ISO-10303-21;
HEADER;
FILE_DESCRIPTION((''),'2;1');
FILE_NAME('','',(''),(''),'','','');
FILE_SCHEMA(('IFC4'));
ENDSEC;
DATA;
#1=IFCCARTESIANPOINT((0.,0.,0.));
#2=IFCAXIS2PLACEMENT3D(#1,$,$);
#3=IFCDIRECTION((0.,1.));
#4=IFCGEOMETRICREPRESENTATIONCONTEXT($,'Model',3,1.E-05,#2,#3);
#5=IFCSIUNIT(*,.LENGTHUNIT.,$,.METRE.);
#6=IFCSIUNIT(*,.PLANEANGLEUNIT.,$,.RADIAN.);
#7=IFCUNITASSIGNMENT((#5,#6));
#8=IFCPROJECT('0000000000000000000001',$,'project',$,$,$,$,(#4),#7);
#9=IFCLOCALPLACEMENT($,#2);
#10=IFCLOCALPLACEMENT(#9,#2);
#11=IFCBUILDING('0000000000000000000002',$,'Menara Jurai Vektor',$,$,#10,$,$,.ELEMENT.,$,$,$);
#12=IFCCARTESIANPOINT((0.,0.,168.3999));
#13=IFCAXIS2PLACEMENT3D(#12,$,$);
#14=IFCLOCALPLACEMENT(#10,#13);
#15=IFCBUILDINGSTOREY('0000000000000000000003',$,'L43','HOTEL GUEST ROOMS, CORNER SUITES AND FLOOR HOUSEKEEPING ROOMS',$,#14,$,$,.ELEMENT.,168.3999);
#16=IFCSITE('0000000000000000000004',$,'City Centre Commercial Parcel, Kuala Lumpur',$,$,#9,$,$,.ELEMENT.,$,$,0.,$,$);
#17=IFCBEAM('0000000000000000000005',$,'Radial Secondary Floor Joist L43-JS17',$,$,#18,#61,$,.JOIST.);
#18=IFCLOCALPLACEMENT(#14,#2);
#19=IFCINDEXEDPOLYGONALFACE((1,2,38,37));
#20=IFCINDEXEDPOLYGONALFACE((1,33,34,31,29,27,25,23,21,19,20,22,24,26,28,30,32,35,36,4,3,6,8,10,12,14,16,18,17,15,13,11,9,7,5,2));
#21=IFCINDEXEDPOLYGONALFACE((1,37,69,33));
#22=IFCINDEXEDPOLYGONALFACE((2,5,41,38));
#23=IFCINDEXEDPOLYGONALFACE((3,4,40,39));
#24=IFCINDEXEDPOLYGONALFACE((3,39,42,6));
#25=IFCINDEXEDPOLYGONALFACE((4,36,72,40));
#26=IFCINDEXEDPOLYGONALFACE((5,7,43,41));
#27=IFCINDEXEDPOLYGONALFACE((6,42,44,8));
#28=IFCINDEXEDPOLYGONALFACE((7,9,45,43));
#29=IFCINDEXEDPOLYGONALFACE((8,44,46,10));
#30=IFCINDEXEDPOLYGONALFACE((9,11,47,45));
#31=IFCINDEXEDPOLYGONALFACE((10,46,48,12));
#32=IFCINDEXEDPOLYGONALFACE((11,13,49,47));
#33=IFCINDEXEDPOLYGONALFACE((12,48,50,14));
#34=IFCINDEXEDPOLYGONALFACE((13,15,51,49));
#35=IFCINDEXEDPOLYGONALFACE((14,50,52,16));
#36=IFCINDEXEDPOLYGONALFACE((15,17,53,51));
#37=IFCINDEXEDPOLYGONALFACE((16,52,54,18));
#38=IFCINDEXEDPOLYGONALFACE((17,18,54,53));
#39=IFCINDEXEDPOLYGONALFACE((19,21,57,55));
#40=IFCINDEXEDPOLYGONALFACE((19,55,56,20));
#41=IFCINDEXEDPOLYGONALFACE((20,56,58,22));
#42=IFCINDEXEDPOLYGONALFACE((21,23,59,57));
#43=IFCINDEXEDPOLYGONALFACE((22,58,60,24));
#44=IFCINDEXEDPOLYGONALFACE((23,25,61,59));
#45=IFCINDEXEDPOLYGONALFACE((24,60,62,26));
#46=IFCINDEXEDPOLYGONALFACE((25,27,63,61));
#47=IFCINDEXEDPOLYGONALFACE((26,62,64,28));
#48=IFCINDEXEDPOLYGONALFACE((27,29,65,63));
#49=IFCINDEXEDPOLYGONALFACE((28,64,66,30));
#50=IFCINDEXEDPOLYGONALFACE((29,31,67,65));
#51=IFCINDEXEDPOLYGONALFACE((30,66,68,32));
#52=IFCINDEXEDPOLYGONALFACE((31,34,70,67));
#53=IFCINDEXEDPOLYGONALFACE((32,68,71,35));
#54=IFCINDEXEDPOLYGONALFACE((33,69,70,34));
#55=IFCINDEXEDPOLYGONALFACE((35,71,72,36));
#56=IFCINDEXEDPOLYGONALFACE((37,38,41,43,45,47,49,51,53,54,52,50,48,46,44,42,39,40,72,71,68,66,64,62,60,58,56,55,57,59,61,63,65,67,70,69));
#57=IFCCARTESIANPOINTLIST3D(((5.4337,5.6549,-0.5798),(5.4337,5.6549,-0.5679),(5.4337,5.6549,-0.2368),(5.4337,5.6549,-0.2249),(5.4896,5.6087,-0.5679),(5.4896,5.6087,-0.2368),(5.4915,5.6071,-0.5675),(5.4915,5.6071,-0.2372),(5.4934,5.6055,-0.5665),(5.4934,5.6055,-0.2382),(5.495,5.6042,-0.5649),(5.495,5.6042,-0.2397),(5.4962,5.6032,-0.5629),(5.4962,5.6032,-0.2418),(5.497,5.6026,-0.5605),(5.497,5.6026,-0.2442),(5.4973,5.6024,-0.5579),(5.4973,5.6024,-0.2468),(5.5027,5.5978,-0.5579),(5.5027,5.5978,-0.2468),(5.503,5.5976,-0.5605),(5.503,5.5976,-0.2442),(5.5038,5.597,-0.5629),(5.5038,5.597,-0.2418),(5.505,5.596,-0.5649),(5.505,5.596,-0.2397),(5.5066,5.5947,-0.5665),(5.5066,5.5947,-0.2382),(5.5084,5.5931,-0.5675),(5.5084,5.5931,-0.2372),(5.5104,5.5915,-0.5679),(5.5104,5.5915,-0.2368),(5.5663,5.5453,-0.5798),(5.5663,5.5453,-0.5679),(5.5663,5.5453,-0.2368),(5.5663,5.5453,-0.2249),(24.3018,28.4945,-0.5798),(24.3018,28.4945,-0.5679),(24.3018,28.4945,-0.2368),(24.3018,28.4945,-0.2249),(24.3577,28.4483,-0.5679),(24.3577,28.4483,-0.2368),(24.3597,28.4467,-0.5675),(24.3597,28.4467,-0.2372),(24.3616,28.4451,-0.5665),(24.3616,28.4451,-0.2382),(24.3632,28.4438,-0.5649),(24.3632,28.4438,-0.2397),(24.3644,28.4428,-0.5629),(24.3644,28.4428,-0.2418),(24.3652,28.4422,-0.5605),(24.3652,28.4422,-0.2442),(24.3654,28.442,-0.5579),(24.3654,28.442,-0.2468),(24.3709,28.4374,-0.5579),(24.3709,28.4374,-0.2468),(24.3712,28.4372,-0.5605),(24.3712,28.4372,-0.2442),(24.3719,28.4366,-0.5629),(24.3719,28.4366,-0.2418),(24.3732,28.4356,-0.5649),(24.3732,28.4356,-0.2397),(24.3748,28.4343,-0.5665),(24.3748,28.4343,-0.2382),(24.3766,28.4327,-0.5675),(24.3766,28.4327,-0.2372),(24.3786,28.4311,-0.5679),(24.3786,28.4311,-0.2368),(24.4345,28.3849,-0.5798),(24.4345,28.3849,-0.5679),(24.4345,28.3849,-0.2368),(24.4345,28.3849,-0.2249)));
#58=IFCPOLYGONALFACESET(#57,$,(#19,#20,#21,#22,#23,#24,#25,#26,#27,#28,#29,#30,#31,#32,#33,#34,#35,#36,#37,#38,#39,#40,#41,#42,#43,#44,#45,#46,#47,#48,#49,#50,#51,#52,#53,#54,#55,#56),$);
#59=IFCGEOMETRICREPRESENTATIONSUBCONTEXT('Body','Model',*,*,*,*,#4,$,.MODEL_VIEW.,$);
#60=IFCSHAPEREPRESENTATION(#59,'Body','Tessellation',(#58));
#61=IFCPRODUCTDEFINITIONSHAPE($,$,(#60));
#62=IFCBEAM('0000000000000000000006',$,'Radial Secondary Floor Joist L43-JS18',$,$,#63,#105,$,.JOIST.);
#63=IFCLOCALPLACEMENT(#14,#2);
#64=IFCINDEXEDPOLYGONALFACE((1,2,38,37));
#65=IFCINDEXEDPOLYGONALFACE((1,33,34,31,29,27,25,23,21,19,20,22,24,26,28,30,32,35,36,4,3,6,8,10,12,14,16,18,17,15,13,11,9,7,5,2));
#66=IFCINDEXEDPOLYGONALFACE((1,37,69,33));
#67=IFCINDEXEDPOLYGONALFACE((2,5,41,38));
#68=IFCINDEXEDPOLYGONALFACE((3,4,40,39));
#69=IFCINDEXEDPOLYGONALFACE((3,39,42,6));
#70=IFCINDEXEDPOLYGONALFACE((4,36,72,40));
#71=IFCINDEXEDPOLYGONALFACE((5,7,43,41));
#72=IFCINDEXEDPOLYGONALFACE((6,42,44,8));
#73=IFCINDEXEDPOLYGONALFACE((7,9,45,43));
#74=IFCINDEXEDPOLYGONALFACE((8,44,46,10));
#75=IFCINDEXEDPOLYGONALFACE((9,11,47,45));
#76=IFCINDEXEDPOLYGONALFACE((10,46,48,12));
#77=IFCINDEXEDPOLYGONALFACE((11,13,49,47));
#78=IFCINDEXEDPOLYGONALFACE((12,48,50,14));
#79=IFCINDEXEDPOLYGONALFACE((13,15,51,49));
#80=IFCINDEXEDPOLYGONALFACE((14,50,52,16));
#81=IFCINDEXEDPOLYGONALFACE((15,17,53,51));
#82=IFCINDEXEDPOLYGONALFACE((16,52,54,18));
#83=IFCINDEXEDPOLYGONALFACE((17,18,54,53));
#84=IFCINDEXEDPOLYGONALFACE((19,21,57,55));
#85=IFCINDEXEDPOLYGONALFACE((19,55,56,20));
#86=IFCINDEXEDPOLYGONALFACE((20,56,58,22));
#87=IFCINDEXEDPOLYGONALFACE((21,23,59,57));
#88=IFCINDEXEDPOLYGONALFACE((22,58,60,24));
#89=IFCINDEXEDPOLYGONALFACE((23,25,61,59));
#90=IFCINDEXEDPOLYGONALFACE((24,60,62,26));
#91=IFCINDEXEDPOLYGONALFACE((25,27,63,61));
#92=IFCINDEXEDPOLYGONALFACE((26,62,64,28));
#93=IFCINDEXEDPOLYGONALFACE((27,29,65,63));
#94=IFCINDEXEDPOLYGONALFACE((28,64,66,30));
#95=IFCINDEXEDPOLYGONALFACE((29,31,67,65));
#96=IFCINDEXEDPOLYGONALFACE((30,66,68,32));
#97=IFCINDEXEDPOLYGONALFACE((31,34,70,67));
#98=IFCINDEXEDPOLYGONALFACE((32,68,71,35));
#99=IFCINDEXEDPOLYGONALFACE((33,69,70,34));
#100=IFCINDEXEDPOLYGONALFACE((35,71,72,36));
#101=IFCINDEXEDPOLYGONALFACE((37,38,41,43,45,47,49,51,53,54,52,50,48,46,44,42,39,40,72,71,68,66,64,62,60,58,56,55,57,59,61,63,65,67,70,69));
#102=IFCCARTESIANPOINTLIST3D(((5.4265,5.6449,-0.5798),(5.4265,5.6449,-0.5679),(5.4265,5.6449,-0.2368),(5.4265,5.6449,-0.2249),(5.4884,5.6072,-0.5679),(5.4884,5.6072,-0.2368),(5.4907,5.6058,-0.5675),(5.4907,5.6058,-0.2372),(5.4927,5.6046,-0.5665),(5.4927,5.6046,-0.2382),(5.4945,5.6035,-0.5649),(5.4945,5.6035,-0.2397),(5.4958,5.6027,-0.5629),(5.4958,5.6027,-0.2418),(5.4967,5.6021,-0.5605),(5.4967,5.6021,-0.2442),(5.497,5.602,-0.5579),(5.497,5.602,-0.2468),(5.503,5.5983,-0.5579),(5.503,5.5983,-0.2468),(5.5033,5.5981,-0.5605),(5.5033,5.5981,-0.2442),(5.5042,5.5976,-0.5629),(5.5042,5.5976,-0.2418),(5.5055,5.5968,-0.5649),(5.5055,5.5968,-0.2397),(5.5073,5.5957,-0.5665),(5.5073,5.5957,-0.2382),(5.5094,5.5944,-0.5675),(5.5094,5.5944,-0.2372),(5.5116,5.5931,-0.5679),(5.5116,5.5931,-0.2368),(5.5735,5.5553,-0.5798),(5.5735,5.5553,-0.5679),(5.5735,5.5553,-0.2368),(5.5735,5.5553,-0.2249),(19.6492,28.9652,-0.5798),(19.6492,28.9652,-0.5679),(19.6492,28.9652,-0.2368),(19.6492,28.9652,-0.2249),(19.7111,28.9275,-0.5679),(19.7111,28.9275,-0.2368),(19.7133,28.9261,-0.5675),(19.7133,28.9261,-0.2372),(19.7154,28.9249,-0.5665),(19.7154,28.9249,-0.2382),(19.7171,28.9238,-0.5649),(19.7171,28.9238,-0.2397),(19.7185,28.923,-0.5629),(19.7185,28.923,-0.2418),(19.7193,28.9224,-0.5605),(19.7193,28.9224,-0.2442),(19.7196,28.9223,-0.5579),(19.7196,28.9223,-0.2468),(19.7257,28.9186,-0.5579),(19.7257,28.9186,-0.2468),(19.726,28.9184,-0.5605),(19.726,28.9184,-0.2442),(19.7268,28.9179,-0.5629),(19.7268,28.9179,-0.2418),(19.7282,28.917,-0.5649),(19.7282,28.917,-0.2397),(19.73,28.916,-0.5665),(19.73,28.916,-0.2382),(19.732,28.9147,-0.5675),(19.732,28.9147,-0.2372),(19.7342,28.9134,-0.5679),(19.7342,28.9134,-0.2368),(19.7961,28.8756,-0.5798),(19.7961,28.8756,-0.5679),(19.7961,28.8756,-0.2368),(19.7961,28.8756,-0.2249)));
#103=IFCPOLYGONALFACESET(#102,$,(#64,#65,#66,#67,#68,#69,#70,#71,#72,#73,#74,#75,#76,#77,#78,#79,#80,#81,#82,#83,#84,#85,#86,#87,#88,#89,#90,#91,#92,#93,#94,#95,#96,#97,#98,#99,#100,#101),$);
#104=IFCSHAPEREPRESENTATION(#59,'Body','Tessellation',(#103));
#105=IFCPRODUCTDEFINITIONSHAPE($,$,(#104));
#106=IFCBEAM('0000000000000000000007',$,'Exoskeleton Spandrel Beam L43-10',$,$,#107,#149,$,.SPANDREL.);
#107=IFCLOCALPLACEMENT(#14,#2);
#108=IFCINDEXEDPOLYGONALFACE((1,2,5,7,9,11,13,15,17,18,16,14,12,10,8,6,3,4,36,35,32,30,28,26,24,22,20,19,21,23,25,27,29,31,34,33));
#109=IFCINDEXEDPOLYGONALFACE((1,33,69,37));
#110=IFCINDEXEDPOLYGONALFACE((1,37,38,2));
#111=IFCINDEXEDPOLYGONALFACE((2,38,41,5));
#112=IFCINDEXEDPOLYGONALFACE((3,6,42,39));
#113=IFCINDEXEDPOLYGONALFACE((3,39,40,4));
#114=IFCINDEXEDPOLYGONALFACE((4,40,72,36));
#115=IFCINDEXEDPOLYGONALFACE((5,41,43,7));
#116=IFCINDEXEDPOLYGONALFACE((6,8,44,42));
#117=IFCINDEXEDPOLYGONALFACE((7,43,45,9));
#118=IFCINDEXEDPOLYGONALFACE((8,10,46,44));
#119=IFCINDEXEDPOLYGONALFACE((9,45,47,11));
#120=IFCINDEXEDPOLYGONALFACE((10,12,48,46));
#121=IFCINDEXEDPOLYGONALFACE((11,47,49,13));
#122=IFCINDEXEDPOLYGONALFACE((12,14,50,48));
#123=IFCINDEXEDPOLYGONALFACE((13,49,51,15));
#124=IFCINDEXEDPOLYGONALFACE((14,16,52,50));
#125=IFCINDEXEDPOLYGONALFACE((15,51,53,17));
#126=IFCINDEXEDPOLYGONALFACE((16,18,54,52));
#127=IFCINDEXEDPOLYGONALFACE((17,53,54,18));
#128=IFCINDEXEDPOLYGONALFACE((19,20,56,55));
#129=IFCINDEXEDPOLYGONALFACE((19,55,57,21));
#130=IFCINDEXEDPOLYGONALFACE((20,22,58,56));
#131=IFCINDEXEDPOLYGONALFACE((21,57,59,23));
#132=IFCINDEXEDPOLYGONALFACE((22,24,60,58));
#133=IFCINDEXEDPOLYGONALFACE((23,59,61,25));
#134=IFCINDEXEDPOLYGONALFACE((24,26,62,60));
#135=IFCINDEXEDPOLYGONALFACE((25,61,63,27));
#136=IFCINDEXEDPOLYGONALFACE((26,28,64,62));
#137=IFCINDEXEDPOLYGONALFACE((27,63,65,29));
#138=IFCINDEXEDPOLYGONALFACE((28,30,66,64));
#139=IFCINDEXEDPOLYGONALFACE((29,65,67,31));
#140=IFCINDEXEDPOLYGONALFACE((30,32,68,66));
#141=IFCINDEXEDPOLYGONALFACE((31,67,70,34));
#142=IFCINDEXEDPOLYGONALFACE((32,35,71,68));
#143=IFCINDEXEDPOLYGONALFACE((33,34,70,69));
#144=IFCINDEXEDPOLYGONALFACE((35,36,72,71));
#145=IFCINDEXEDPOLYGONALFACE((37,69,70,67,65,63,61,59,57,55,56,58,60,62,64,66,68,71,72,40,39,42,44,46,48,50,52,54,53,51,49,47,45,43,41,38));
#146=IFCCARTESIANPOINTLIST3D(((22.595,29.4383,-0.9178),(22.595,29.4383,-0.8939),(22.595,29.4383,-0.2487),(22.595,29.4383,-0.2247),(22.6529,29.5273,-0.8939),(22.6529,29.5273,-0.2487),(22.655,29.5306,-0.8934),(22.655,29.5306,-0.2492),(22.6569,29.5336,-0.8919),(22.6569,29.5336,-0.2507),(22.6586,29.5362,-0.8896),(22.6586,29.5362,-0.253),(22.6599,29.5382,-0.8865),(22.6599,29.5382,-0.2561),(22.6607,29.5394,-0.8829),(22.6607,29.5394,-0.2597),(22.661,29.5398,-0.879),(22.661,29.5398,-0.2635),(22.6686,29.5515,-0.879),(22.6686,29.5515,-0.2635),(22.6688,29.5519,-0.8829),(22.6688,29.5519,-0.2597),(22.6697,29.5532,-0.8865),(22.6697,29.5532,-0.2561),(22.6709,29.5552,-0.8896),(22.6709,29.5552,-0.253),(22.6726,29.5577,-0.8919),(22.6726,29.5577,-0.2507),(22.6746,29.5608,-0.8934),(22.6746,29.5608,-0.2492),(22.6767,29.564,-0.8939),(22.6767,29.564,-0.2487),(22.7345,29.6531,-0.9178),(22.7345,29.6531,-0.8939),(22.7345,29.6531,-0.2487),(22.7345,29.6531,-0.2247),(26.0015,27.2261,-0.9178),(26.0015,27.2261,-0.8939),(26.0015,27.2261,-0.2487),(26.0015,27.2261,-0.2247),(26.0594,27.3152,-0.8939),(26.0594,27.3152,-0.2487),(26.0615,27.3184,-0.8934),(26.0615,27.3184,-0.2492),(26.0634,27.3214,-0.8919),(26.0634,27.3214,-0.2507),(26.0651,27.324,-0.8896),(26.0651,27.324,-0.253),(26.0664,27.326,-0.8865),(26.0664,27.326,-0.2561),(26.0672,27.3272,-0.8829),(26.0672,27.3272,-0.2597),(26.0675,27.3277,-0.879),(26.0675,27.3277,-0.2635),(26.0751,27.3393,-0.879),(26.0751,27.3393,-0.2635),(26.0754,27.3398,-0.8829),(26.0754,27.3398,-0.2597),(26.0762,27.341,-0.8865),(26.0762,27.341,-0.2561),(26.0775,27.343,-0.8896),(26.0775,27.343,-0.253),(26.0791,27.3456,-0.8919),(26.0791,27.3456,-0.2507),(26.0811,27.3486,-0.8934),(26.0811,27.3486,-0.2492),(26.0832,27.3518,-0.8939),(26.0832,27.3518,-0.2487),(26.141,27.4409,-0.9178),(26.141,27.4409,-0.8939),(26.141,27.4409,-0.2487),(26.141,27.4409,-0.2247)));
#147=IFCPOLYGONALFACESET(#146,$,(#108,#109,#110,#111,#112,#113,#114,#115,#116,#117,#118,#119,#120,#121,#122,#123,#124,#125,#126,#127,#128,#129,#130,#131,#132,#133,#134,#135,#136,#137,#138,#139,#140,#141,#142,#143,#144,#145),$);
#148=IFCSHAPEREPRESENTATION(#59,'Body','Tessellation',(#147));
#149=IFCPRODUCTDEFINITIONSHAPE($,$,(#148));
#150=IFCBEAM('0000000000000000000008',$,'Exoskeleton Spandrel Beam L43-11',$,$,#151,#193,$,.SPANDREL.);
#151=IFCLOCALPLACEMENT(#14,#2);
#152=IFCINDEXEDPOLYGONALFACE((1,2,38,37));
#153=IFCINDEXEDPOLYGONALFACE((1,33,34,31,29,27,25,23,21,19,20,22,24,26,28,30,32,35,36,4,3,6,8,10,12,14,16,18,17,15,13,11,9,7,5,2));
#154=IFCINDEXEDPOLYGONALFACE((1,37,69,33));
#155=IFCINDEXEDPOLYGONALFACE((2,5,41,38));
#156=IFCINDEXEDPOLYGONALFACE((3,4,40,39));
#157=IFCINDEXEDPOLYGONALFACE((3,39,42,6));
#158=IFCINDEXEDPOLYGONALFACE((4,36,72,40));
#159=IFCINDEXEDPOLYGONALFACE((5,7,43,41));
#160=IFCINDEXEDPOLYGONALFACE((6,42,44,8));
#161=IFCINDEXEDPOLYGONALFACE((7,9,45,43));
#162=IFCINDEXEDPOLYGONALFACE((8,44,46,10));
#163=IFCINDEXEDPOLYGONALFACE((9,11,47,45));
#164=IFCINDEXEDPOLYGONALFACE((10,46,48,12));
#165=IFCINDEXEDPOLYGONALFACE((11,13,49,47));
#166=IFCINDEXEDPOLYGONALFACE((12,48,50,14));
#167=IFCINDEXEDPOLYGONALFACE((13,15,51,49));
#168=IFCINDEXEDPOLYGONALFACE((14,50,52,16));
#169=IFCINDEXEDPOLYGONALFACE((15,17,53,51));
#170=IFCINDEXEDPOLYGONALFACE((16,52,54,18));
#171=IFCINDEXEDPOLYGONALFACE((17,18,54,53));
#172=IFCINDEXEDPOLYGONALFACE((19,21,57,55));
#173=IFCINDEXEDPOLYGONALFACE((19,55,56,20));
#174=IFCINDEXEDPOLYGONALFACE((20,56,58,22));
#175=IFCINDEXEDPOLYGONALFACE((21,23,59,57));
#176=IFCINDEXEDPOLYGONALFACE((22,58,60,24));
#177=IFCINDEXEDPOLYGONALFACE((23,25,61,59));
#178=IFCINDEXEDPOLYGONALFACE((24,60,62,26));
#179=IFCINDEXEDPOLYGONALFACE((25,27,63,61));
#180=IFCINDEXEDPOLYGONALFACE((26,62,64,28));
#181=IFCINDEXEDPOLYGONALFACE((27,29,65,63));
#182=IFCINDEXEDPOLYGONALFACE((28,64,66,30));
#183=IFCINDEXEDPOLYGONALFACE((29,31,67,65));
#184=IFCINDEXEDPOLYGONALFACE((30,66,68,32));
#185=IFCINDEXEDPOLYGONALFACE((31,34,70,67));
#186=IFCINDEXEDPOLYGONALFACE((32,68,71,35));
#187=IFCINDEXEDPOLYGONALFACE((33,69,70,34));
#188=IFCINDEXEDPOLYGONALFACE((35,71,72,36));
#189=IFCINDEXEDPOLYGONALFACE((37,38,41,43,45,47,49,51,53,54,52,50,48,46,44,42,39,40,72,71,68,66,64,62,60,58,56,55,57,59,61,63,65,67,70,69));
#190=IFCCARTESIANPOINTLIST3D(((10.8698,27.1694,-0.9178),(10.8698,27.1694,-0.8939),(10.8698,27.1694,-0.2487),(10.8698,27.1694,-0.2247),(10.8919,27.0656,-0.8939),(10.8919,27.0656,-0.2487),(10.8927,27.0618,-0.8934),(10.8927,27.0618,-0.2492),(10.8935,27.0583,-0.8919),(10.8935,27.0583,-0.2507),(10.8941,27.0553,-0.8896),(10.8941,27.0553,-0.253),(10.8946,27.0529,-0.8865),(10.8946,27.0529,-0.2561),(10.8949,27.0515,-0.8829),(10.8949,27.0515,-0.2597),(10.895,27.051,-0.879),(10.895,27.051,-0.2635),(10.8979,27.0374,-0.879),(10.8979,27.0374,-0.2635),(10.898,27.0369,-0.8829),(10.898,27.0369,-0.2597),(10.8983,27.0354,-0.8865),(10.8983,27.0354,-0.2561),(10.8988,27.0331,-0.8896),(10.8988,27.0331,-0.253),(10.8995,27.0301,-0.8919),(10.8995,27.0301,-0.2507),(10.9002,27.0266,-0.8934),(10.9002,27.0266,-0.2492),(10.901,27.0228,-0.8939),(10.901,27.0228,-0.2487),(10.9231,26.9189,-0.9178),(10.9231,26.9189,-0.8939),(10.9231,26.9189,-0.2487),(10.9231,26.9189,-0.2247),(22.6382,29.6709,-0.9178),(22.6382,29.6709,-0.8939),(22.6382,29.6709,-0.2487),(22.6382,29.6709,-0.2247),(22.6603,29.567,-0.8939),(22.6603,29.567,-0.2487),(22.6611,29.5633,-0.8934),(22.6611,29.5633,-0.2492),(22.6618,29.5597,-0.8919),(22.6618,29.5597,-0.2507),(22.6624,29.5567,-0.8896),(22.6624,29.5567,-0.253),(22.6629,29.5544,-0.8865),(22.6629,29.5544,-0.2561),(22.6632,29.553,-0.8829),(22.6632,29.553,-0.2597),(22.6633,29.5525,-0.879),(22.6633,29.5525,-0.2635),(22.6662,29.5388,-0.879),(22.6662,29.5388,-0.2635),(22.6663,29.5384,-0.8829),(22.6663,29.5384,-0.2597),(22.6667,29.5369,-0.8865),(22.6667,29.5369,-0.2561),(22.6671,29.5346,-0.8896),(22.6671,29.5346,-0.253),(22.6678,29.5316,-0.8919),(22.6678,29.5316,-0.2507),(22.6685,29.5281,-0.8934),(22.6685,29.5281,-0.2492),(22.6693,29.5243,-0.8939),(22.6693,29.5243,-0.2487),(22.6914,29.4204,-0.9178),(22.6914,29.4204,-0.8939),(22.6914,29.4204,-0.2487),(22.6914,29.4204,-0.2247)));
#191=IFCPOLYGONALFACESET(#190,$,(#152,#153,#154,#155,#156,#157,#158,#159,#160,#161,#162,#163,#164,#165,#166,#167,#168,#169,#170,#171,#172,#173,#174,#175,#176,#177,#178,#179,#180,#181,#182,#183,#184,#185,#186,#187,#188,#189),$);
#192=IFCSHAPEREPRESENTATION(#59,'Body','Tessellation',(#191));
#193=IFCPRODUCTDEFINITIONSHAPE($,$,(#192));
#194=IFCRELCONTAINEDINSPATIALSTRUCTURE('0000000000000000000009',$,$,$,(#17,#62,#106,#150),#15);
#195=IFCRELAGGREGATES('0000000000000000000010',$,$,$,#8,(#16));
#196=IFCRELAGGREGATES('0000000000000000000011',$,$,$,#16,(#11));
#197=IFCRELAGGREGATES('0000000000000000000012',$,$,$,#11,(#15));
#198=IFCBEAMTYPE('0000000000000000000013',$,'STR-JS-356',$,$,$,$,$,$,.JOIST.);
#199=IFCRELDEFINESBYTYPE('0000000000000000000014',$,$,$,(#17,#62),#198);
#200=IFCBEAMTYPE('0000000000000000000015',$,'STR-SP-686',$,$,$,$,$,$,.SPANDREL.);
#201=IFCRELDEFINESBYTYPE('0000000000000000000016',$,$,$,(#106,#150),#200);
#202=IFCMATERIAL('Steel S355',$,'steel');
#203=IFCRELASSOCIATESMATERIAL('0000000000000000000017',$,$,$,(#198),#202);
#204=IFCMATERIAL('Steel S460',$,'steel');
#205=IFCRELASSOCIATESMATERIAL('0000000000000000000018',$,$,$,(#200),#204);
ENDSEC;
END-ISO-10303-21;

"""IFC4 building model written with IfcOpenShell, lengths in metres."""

from ifc_helpers import new_model, si_unit, direction, frame, origin, origin_2d, place, context, subcontext, project, spatial, i_section, extrude, material, material_profile, profile_set, type_object, element, save


model = new_model("IFC4")

# Units and contexts
model_context = context("Model", 3, precision=1e-05, world=origin(), true_north=direction((0.0, 1.0)))
body_context = subcontext(model_context, "Body", "Model", "MODEL_VIEW")
ifc_project = project(units=[si_unit("LENGTHUNIT", "METRE"), si_unit("PLANEANGLEUNIT", "RADIAN")], contexts=[model_context])

# Site, building, storey
site_placement = place(None, origin())
site = spatial("IfcSite", under=ifc_project, at=site_placement, Name="City Centre Commercial Parcel, Kuala Lumpur", CompositionType="ELEMENT", RefElevation=0.0)
building_placement = place(site_placement, origin())
building = spatial("IfcBuilding", under=site, at=building_placement, Name="Menara Jurai Vektor", CompositionType="ELEMENT")
storey_placement = place(building_placement, frame((0.0, 0.0, 168.3999)))
storey = spatial("IfcBuildingStorey", under=building, at=storey_placement, Name="L43", Description="HOTEL GUEST ROOMS, CORNER SUITES AND FLOOR HOUSEKEEPING ROOMS", CompositionType="ELEMENT", Elevation=168.3999)

# Shared definitions
ifc_material_1 = material(Name="Steel S460", Category="steel")

# Shared definitions
ifc_material_2 = material(Name="Steel S355", Category="steel")

# Beams
ifc_material_profile_1 = material_profile(ifc_material_2, i_section(OverallWidth=0.1721, OverallDepth=0.355, WebThickness=0.0071, FlangeThickness=0.012, FilletRadius=0.01, at=origin_2d()), Name="UKB 356x171x51")
ifc_profile_set_1 = profile_set([ifc_material_profile_1], Name="Steel S355")
beam_type_1 = type_object("IfcBeamType", Name="STR-JS-356", PredefinedType="JOIST", material=ifc_profile_set_1)
beam_1_placement = place(storey_placement, frame((24.3682, 28.4397, -0.4023), z_axis=(-0.636895, -0.770951, 0.0), x_axis=(0.770951, -0.636895, 0.0)))
element("IfcBeam", 1, at=beam_1_placement, inside=storey, type_object=beam_type_1, Name="Radial Secondary Floor Joist L43-JS17", PredefinedType="JOIST", context=body_context, shape_type="SweptSolid", body=[
    extrude(i_section(OverallWidth=0.1721, OverallDepth=0.355, WebThickness=0.0071, FlangeThickness=0.012, FilletRadius=0.01, at=origin_2d()), origin(), (0.0, 0.0, 1.0), 29.6252),
])
beam_2_placement = place(storey_placement, frame((19.7227, 28.9204, -0.4023), z_axis=(-0.520686, -0.853748, 0.0), x_axis=(0.853748, -0.520686, 0.0)))
element("IfcBeam", 2, at=beam_2_placement, inside=storey, type_object=beam_type_1, Name="Radial Secondary Floor Joist L43-JS18", PredefinedType="JOIST", context=body_context, shape_type="SweptSolid", body=[
    extrude(i_section(OverallWidth=0.1721, OverallDepth=0.355, WebThickness=0.0071, FlangeThickness=0.012, FilletRadius=0.01, at=origin_2d()), origin(), (0.0, 0.0, 1.0), 27.3152),
])
ifc_material_profile_2 = material_profile(ifc_material_1, i_section(OverallWidth=0.2561, OverallDepth=0.6931, WebThickness=0.0139, FlangeThickness=0.0239, FilletRadius=0.0149, at=origin_2d()), Name="UKB 686x254x170")
ifc_profile_set_2 = profile_set([ifc_material_profile_2], Name="Steel S460")
beam_type_2 = type_object("IfcBeamType", Name="STR-SP-686", PredefinedType="SPANDREL", material=ifc_profile_set_2)
beam_3_placement = place(storey_placement, frame((26.0713, 27.3335, -0.5713), z_axis=(-0.838676, 0.544631, 0.0), x_axis=(-0.544631, -0.838676, 0.0)))
element("IfcBeam", 3, at=beam_3_placement, inside=storey, type_object=beam_type_2, Name="Exoskeleton Spandrel Beam L43-10", PredefinedType="SPANDREL", context=body_context, shape_type="SweptSolid", body=[
    extrude(i_section(OverallWidth=0.2561, OverallDepth=0.6931, WebThickness=0.0139, FlangeThickness=0.0239, FilletRadius=0.0149, at=origin_2d()), origin(), (0.0, 0.0, 1.0), 4.0618),
])
beam_4_placement = place(storey_placement, frame((22.6648, 29.5457, -0.5713), z_axis=(-0.978147, -0.207914, 0.0), x_axis=(0.207914, -0.978147, 0.0)))
element("IfcBeam", 4, at=beam_4_placement, inside=storey, type_object=beam_type_2, Name="Exoskeleton Spandrel Beam L43-11", PredefinedType="SPANDREL", context=body_context, shape_type="SweptSolid", body=[
    extrude(i_section(OverallWidth=0.2561, OverallDepth=0.6931, WebThickness=0.0139, FlangeThickness=0.0239, FilletRadius=0.0149, at=origin_2d()), origin(), (0.0, 0.0, 1.0), 12.0312),
])

save(model, "model.ifc")
